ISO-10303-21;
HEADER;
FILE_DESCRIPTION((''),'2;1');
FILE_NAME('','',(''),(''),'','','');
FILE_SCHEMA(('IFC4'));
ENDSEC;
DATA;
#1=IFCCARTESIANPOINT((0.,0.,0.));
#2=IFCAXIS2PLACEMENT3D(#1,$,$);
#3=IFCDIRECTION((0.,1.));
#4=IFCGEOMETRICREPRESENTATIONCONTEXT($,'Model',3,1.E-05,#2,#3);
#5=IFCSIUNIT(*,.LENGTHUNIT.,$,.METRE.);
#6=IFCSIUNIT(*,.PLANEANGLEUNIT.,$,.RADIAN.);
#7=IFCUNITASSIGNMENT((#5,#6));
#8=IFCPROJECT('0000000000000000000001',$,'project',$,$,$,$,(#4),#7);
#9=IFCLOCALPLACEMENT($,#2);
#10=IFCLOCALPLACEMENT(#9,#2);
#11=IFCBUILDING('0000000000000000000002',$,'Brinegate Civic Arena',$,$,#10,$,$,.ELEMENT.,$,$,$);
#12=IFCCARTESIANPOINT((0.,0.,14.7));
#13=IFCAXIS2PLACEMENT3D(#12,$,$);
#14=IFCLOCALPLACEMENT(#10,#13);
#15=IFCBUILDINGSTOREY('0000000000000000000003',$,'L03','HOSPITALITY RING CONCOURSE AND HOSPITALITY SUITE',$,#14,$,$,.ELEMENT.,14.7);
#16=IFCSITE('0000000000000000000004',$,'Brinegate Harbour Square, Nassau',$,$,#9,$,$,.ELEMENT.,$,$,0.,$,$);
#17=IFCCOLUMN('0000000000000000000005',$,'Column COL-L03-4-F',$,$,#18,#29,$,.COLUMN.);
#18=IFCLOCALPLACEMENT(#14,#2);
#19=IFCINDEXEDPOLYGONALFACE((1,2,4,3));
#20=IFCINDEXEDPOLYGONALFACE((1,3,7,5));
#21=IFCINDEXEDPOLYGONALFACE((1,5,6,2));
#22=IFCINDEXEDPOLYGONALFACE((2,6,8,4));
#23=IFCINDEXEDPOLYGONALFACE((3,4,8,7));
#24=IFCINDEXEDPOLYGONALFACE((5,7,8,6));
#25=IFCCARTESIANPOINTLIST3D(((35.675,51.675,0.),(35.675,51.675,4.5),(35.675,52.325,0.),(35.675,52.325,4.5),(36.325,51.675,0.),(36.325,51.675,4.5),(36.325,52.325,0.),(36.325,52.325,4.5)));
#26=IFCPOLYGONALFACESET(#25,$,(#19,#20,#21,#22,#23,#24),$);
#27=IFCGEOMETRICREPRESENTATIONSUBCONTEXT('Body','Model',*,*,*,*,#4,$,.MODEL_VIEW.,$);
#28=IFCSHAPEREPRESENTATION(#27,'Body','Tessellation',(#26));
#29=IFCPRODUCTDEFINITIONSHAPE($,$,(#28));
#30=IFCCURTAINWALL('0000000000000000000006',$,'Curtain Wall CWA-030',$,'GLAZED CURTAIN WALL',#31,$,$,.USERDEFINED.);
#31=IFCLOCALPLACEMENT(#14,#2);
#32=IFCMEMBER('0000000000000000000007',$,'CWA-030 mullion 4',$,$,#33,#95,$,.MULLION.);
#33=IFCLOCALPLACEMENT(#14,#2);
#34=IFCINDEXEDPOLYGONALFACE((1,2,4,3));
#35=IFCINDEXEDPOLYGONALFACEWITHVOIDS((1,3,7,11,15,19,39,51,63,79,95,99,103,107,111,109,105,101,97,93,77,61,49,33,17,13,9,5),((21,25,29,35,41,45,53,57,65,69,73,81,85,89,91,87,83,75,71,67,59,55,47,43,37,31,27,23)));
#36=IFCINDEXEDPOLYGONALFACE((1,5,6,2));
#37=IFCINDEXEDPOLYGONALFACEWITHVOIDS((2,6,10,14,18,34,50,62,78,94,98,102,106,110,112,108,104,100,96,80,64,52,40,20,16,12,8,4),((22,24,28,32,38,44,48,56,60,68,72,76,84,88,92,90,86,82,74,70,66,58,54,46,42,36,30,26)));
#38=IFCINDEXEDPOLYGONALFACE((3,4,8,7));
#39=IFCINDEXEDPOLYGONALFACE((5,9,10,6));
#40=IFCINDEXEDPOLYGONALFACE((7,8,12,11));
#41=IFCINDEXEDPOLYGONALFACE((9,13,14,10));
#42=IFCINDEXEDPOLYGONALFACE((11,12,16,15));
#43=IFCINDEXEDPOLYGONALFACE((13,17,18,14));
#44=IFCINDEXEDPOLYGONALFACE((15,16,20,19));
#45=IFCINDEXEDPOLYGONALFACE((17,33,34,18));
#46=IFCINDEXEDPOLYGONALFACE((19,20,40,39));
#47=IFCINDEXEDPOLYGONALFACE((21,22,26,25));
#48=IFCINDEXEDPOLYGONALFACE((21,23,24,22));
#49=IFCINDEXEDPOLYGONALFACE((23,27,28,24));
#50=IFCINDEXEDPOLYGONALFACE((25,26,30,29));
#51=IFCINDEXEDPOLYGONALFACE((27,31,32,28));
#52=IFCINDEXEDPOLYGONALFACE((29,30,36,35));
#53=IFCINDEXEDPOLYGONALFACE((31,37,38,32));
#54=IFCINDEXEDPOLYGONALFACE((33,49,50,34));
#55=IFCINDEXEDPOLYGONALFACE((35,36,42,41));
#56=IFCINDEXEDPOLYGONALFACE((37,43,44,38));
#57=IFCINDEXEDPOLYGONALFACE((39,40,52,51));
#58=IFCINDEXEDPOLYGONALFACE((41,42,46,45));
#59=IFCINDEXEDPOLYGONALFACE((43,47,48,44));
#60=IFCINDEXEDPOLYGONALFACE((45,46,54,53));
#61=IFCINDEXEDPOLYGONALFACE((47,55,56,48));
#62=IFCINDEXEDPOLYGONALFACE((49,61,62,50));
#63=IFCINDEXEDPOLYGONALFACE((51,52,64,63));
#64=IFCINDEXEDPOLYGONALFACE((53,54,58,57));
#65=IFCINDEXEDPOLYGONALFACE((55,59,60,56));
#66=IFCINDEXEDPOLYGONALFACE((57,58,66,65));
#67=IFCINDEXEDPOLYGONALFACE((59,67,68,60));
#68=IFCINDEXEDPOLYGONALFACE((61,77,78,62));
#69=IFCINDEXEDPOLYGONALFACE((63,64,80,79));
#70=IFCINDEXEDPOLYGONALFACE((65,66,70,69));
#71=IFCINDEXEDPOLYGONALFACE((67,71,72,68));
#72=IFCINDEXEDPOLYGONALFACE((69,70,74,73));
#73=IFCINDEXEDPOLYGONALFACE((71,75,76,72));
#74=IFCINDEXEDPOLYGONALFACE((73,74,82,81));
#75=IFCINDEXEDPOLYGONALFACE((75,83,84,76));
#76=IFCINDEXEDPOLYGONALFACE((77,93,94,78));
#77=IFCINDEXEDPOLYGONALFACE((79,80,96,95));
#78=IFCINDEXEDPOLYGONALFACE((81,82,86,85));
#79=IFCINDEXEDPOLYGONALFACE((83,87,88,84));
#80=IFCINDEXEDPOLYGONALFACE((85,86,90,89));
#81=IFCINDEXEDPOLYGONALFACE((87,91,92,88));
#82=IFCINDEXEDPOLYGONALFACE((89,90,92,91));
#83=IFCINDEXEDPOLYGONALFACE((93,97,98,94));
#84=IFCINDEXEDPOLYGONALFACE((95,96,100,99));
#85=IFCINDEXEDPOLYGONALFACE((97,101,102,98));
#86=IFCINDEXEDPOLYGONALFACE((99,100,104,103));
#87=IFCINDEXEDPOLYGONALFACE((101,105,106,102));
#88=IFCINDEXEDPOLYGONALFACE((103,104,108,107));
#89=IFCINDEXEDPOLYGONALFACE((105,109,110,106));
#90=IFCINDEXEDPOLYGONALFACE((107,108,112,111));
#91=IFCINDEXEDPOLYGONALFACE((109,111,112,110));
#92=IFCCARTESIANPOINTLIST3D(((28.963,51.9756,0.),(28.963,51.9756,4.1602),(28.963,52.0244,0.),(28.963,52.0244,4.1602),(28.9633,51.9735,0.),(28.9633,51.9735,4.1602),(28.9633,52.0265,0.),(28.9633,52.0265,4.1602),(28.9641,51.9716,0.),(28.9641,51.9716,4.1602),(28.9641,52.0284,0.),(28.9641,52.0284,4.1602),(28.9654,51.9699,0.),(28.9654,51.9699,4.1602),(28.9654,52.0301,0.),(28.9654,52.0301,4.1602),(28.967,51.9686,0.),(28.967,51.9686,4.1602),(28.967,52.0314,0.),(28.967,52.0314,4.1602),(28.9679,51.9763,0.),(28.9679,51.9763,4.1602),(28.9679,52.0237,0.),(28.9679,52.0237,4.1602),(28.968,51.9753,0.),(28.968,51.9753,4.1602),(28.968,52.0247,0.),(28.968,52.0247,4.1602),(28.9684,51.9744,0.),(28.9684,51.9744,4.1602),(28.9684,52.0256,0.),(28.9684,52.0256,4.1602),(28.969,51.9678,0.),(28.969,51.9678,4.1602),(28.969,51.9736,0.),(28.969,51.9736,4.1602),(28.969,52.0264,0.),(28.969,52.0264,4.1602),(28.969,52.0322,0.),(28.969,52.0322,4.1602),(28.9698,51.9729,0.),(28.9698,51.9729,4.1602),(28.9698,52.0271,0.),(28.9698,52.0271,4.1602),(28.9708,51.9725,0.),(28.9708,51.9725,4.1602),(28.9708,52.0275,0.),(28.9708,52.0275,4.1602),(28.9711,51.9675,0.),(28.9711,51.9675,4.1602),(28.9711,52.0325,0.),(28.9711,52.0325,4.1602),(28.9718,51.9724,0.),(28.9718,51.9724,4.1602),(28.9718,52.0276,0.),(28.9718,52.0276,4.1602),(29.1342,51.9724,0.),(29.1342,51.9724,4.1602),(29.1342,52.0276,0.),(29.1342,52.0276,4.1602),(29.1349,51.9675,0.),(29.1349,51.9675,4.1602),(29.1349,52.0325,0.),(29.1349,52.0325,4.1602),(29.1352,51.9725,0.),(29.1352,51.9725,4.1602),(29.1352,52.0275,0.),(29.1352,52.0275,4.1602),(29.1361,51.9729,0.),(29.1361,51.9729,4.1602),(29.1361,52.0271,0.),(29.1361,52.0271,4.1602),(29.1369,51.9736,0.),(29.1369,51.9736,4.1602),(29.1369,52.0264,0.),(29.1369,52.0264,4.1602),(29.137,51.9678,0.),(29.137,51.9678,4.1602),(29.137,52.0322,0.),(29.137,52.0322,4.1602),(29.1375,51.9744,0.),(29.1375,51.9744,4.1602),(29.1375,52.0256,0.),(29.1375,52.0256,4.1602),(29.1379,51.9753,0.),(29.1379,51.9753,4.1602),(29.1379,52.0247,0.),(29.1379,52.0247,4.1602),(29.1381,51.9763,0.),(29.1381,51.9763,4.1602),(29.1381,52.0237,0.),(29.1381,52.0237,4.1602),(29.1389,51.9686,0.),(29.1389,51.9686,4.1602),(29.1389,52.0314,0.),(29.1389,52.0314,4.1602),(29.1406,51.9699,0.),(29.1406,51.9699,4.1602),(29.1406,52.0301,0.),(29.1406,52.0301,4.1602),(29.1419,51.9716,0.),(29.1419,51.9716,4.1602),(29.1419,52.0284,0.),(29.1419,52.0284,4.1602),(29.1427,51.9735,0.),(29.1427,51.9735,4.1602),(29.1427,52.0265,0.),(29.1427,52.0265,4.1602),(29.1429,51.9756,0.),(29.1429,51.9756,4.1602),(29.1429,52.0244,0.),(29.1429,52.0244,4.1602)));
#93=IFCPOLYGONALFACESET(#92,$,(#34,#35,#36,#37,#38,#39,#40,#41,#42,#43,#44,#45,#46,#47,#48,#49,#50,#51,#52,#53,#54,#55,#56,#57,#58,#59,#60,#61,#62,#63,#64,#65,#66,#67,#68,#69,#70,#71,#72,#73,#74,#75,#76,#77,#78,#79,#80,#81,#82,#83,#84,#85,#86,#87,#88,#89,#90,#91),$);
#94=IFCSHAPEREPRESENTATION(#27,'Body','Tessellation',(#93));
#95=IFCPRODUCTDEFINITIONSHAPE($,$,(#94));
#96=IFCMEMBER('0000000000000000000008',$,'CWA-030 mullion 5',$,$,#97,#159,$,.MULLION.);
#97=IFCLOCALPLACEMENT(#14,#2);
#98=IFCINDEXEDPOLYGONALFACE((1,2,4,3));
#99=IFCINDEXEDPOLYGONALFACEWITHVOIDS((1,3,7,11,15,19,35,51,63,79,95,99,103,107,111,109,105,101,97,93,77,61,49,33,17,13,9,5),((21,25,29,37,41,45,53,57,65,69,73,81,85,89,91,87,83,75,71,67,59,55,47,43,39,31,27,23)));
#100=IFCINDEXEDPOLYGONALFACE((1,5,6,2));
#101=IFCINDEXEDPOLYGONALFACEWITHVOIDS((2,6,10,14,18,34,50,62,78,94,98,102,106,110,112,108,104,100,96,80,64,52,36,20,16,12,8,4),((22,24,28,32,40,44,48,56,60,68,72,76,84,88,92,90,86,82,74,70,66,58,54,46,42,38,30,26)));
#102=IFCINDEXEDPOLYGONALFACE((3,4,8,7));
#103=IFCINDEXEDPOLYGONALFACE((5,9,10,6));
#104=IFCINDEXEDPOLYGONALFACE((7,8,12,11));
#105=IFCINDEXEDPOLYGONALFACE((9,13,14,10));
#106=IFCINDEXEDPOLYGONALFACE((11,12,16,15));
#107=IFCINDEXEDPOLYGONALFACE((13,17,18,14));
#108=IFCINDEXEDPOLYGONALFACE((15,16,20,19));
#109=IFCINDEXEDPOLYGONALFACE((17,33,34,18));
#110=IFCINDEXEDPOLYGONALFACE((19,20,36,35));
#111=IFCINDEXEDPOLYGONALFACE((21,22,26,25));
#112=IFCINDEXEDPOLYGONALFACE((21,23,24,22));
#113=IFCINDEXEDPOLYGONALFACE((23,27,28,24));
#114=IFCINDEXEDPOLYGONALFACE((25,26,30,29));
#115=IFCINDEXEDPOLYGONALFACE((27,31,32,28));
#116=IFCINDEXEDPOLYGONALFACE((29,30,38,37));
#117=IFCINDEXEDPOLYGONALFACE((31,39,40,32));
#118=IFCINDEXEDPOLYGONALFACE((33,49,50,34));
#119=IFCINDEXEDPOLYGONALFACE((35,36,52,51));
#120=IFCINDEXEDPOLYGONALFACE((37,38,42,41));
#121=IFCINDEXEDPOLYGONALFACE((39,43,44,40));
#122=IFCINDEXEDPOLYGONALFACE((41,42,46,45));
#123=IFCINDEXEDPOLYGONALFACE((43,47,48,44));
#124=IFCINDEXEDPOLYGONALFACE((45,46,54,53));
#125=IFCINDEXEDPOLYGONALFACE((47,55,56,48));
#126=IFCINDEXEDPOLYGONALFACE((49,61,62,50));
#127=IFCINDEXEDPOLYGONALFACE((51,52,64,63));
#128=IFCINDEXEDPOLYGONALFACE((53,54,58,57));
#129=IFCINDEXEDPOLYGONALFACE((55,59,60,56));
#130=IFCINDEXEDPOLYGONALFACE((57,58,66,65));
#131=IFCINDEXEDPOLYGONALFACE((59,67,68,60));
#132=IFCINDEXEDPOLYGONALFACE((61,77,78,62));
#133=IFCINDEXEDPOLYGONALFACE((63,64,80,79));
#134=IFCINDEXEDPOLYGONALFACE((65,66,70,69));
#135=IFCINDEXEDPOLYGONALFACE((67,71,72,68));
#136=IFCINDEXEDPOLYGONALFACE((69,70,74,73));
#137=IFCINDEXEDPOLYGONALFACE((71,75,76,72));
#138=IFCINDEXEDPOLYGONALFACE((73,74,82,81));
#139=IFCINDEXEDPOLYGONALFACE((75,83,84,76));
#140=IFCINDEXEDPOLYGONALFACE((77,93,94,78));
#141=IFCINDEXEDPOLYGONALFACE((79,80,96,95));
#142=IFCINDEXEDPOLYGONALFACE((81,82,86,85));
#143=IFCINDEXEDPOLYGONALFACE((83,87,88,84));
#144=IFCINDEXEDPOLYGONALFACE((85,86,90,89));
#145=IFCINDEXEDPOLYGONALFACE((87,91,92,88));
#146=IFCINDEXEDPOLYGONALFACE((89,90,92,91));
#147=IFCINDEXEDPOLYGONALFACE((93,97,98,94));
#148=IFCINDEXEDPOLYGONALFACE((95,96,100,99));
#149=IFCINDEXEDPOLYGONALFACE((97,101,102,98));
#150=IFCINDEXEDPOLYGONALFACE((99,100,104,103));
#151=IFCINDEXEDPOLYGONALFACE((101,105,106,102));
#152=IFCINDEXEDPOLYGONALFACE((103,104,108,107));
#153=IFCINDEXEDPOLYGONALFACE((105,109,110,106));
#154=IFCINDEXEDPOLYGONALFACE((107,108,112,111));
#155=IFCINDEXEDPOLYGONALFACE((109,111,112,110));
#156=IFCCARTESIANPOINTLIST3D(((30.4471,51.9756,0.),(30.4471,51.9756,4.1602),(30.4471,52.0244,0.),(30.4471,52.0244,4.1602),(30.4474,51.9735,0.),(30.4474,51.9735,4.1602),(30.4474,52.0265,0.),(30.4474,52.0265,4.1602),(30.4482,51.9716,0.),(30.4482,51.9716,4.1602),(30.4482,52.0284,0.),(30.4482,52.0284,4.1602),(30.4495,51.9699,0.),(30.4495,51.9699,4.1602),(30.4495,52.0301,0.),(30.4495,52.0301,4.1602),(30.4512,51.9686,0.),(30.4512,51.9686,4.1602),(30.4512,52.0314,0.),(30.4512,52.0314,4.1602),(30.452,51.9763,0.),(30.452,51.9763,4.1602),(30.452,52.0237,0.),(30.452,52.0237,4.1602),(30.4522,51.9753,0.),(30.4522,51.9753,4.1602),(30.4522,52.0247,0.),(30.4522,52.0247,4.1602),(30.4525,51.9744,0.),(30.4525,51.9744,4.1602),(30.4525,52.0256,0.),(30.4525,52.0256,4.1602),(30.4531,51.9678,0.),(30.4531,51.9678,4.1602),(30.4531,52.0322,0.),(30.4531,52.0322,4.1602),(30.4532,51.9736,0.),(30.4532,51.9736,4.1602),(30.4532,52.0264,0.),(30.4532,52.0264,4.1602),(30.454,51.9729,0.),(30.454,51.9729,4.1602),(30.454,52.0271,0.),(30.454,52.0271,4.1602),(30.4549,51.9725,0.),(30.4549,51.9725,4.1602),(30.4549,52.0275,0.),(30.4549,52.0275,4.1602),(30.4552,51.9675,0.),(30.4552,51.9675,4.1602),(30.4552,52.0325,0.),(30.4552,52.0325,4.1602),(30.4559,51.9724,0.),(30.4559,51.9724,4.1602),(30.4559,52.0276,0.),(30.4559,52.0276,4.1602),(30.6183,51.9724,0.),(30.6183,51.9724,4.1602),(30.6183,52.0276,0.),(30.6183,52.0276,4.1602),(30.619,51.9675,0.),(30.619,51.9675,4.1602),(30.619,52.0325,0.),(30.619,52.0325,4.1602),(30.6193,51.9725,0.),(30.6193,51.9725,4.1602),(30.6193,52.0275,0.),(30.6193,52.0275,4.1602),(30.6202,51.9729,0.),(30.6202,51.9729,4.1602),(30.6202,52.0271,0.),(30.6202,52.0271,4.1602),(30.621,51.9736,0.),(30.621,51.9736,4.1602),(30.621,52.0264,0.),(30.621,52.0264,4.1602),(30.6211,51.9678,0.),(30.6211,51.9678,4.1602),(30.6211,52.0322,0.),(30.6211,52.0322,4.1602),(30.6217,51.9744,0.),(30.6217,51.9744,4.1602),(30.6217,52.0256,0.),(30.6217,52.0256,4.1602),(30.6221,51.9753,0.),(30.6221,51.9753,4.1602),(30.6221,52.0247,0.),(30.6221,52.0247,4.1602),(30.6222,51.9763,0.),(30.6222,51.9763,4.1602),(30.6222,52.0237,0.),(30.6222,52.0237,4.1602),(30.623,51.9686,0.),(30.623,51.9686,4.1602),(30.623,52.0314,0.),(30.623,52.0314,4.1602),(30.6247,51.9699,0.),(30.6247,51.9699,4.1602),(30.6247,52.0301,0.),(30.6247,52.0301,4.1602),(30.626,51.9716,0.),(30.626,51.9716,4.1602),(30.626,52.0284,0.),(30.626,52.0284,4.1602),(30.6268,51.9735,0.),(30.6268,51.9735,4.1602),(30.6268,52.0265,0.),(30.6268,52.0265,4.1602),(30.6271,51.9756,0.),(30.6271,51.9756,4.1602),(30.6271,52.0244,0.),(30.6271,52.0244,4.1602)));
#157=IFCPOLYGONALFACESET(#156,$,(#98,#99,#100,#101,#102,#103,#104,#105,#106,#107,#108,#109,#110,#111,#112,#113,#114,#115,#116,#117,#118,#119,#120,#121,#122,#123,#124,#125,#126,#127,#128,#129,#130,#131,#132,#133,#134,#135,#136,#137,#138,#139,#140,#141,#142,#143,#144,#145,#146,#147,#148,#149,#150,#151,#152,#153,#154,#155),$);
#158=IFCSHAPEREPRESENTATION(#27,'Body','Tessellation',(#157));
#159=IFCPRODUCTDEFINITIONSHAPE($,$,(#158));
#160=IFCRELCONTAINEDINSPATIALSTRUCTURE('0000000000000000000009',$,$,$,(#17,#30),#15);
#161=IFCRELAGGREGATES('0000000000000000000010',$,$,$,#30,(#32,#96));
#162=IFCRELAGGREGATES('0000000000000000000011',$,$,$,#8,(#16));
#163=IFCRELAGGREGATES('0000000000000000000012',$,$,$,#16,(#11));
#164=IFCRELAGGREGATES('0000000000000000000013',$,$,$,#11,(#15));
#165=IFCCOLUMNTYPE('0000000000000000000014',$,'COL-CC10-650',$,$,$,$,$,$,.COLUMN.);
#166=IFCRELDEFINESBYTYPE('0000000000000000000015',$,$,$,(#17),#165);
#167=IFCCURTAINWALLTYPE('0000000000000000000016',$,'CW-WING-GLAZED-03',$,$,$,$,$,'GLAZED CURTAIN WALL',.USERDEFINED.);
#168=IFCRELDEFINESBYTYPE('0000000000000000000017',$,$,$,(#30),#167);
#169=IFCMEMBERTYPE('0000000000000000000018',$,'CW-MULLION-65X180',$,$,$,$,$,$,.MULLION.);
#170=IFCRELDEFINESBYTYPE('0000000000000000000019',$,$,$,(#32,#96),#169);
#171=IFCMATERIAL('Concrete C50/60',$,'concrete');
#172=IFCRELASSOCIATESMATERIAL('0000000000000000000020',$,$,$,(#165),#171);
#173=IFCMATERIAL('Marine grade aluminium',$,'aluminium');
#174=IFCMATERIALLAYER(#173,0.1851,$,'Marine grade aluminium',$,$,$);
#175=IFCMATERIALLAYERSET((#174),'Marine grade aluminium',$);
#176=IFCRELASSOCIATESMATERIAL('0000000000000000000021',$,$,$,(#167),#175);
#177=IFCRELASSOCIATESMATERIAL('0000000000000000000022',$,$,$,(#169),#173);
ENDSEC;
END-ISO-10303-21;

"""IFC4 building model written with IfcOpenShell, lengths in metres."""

from ifc_helpers import new_model, si_unit, direction, frame, origin, origin_2d, place, context, subcontext, project, spatial, rectangle, hollow_rectangle, extrude, material, layer, layer_set, material_profile, profile_set, type_object, element, aggregate, save


model = new_model("IFC4")

# Units and contexts
model_context = context("Model", 3, precision=1e-05, world=origin(), true_north=direction((0.0, 1.0)))
body_context = subcontext(model_context, "Body", "Model", "MODEL_VIEW")
ifc_project = project(units=[si_unit("LENGTHUNIT", "METRE"), si_unit("PLANEANGLEUNIT", "RADIAN")], contexts=[model_context])

# Site, building, storey
site_placement = place(None, origin())
site = spatial("IfcSite", under=ifc_project, at=site_placement, Name="Brinegate Harbour Square, Nassau", CompositionType="ELEMENT", RefElevation=0.0)
building_placement = place(site_placement, origin())
building = spatial("IfcBuilding", under=site, at=building_placement, Name="Brinegate Civic Arena", CompositionType="ELEMENT")
storey_placement = place(building_placement, frame((0.0, 0.0, 14.7)))
storey = spatial("IfcBuildingStorey", under=building, at=storey_placement, Name="L03", Description="HOSPITALITY RING CONCOURSE AND HOSPITALITY SUITE", CompositionType="ELEMENT", Elevation=14.7)

# Column
ifc_material_1 = material(Name="Concrete C50/60", Category="concrete")
ifc_material_profile_1 = material_profile(ifc_material_1, rectangle(XDim=0.6499, YDim=0.6499, at=origin_2d()), Name="RC650X650")
ifc_profile_set_1 = profile_set([ifc_material_profile_1], Name="Concrete C50/60")
column_type = type_object("IfcColumnType", Name="COL-CC10-650", PredefinedType="COLUMN", material=ifc_profile_set_1)
column_placement = place(storey_placement, frame((36.0, 52.0, 0.0), z_axis=(0.0, 0.0, 1.0), x_axis=(1.0, 0.0, 0.0)))
element("IfcColumn", 1, at=column_placement, inside=storey, type_object=column_type, Name="Column COL-L03-4-F", PredefinedType="COLUMN", context=body_context, shape_type="SweptSolid", body=[
    extrude(rectangle(XDim=0.6499, YDim=0.6499, at=origin_2d()), origin(), (0.0, 0.0, 1.0), 4.5),
])

# Curtain wall, members
ifc_material_2 = material(Name="Marine grade aluminium", Category="aluminium")
ifc_layer_1 = layer(ifc_material_2, 0.1851, Name="Marine grade aluminium")
ifc_layer_set_1 = layer_set([ifc_layer_1], Name="Marine grade aluminium")
curtain_wall_type = type_object("IfcCurtainWallType", Name="CW-WING-GLAZED-03", ElementType="GLAZED CURTAIN WALL", PredefinedType="USERDEFINED", material=ifc_layer_set_1)
curtain_wall_1_placement = place(storey_placement, origin())
curtain_wall_1 = element("IfcCurtainWall", 2, at=curtain_wall_1_placement, inside=storey, type_object=curtain_wall_type, Name="Curtain Wall CWA-030", ObjectType="GLAZED CURTAIN WALL", PredefinedType="USERDEFINED")
ifc_material_profile_2 = material_profile(ifc_material_2, hollow_rectangle(XDim=0.0649, YDim=0.1799, WallThickness=0.0049, InnerFilletRadius=0.0039, OuterFilletRadius=0.0081, at=origin_2d()), Name="MUL65X180")
ifc_profile_set_2 = profile_set([ifc_material_profile_2], Name="Marine grade aluminium")
member_type_1 = type_object("IfcMemberType", Name="CW-MULLION-65X180", PredefinedType="MULLION", material=ifc_profile_set_2)
member_1_placement = place(storey_placement, frame((29.053, 52.0, 0.0), z_axis=(0.0, 0.0, 1.0), x_axis=(0.0, 1.0, 0.0)))
member_1 = element("IfcMember", 3, at=member_1_placement, type_object=member_type_1, Name="CWA-030 mullion 4", PredefinedType="MULLION", context=body_context, shape_type="SweptSolid", body=[
    extrude(hollow_rectangle(XDim=0.0649, YDim=0.1799, WallThickness=0.0049, InnerFilletRadius=0.0039, OuterFilletRadius=0.0081, at=origin_2d()), origin(), (0.0, 0.0, 1.0), 4.1602),
])
member_2_placement = place(storey_placement, frame((30.5371, 52.0, 0.0), z_axis=(0.0, 0.0, 1.0), x_axis=(0.0, 1.0, 0.0)))
member_2 = element("IfcMember", 4, at=member_2_placement, type_object=member_type_1, Name="CWA-030 mullion 5", PredefinedType="MULLION", context=body_context, shape_type="SweptSolid", body=[
    extrude(hollow_rectangle(XDim=0.0649, YDim=0.1799, WallThickness=0.0049, InnerFilletRadius=0.0039, OuterFilletRadius=0.0081, at=origin_2d()), origin(), (0.0, 0.0, 1.0), 4.1602),
])

aggregate(curtain_wall_1, [member_1, member_2])

save(model, "model.ifc")
